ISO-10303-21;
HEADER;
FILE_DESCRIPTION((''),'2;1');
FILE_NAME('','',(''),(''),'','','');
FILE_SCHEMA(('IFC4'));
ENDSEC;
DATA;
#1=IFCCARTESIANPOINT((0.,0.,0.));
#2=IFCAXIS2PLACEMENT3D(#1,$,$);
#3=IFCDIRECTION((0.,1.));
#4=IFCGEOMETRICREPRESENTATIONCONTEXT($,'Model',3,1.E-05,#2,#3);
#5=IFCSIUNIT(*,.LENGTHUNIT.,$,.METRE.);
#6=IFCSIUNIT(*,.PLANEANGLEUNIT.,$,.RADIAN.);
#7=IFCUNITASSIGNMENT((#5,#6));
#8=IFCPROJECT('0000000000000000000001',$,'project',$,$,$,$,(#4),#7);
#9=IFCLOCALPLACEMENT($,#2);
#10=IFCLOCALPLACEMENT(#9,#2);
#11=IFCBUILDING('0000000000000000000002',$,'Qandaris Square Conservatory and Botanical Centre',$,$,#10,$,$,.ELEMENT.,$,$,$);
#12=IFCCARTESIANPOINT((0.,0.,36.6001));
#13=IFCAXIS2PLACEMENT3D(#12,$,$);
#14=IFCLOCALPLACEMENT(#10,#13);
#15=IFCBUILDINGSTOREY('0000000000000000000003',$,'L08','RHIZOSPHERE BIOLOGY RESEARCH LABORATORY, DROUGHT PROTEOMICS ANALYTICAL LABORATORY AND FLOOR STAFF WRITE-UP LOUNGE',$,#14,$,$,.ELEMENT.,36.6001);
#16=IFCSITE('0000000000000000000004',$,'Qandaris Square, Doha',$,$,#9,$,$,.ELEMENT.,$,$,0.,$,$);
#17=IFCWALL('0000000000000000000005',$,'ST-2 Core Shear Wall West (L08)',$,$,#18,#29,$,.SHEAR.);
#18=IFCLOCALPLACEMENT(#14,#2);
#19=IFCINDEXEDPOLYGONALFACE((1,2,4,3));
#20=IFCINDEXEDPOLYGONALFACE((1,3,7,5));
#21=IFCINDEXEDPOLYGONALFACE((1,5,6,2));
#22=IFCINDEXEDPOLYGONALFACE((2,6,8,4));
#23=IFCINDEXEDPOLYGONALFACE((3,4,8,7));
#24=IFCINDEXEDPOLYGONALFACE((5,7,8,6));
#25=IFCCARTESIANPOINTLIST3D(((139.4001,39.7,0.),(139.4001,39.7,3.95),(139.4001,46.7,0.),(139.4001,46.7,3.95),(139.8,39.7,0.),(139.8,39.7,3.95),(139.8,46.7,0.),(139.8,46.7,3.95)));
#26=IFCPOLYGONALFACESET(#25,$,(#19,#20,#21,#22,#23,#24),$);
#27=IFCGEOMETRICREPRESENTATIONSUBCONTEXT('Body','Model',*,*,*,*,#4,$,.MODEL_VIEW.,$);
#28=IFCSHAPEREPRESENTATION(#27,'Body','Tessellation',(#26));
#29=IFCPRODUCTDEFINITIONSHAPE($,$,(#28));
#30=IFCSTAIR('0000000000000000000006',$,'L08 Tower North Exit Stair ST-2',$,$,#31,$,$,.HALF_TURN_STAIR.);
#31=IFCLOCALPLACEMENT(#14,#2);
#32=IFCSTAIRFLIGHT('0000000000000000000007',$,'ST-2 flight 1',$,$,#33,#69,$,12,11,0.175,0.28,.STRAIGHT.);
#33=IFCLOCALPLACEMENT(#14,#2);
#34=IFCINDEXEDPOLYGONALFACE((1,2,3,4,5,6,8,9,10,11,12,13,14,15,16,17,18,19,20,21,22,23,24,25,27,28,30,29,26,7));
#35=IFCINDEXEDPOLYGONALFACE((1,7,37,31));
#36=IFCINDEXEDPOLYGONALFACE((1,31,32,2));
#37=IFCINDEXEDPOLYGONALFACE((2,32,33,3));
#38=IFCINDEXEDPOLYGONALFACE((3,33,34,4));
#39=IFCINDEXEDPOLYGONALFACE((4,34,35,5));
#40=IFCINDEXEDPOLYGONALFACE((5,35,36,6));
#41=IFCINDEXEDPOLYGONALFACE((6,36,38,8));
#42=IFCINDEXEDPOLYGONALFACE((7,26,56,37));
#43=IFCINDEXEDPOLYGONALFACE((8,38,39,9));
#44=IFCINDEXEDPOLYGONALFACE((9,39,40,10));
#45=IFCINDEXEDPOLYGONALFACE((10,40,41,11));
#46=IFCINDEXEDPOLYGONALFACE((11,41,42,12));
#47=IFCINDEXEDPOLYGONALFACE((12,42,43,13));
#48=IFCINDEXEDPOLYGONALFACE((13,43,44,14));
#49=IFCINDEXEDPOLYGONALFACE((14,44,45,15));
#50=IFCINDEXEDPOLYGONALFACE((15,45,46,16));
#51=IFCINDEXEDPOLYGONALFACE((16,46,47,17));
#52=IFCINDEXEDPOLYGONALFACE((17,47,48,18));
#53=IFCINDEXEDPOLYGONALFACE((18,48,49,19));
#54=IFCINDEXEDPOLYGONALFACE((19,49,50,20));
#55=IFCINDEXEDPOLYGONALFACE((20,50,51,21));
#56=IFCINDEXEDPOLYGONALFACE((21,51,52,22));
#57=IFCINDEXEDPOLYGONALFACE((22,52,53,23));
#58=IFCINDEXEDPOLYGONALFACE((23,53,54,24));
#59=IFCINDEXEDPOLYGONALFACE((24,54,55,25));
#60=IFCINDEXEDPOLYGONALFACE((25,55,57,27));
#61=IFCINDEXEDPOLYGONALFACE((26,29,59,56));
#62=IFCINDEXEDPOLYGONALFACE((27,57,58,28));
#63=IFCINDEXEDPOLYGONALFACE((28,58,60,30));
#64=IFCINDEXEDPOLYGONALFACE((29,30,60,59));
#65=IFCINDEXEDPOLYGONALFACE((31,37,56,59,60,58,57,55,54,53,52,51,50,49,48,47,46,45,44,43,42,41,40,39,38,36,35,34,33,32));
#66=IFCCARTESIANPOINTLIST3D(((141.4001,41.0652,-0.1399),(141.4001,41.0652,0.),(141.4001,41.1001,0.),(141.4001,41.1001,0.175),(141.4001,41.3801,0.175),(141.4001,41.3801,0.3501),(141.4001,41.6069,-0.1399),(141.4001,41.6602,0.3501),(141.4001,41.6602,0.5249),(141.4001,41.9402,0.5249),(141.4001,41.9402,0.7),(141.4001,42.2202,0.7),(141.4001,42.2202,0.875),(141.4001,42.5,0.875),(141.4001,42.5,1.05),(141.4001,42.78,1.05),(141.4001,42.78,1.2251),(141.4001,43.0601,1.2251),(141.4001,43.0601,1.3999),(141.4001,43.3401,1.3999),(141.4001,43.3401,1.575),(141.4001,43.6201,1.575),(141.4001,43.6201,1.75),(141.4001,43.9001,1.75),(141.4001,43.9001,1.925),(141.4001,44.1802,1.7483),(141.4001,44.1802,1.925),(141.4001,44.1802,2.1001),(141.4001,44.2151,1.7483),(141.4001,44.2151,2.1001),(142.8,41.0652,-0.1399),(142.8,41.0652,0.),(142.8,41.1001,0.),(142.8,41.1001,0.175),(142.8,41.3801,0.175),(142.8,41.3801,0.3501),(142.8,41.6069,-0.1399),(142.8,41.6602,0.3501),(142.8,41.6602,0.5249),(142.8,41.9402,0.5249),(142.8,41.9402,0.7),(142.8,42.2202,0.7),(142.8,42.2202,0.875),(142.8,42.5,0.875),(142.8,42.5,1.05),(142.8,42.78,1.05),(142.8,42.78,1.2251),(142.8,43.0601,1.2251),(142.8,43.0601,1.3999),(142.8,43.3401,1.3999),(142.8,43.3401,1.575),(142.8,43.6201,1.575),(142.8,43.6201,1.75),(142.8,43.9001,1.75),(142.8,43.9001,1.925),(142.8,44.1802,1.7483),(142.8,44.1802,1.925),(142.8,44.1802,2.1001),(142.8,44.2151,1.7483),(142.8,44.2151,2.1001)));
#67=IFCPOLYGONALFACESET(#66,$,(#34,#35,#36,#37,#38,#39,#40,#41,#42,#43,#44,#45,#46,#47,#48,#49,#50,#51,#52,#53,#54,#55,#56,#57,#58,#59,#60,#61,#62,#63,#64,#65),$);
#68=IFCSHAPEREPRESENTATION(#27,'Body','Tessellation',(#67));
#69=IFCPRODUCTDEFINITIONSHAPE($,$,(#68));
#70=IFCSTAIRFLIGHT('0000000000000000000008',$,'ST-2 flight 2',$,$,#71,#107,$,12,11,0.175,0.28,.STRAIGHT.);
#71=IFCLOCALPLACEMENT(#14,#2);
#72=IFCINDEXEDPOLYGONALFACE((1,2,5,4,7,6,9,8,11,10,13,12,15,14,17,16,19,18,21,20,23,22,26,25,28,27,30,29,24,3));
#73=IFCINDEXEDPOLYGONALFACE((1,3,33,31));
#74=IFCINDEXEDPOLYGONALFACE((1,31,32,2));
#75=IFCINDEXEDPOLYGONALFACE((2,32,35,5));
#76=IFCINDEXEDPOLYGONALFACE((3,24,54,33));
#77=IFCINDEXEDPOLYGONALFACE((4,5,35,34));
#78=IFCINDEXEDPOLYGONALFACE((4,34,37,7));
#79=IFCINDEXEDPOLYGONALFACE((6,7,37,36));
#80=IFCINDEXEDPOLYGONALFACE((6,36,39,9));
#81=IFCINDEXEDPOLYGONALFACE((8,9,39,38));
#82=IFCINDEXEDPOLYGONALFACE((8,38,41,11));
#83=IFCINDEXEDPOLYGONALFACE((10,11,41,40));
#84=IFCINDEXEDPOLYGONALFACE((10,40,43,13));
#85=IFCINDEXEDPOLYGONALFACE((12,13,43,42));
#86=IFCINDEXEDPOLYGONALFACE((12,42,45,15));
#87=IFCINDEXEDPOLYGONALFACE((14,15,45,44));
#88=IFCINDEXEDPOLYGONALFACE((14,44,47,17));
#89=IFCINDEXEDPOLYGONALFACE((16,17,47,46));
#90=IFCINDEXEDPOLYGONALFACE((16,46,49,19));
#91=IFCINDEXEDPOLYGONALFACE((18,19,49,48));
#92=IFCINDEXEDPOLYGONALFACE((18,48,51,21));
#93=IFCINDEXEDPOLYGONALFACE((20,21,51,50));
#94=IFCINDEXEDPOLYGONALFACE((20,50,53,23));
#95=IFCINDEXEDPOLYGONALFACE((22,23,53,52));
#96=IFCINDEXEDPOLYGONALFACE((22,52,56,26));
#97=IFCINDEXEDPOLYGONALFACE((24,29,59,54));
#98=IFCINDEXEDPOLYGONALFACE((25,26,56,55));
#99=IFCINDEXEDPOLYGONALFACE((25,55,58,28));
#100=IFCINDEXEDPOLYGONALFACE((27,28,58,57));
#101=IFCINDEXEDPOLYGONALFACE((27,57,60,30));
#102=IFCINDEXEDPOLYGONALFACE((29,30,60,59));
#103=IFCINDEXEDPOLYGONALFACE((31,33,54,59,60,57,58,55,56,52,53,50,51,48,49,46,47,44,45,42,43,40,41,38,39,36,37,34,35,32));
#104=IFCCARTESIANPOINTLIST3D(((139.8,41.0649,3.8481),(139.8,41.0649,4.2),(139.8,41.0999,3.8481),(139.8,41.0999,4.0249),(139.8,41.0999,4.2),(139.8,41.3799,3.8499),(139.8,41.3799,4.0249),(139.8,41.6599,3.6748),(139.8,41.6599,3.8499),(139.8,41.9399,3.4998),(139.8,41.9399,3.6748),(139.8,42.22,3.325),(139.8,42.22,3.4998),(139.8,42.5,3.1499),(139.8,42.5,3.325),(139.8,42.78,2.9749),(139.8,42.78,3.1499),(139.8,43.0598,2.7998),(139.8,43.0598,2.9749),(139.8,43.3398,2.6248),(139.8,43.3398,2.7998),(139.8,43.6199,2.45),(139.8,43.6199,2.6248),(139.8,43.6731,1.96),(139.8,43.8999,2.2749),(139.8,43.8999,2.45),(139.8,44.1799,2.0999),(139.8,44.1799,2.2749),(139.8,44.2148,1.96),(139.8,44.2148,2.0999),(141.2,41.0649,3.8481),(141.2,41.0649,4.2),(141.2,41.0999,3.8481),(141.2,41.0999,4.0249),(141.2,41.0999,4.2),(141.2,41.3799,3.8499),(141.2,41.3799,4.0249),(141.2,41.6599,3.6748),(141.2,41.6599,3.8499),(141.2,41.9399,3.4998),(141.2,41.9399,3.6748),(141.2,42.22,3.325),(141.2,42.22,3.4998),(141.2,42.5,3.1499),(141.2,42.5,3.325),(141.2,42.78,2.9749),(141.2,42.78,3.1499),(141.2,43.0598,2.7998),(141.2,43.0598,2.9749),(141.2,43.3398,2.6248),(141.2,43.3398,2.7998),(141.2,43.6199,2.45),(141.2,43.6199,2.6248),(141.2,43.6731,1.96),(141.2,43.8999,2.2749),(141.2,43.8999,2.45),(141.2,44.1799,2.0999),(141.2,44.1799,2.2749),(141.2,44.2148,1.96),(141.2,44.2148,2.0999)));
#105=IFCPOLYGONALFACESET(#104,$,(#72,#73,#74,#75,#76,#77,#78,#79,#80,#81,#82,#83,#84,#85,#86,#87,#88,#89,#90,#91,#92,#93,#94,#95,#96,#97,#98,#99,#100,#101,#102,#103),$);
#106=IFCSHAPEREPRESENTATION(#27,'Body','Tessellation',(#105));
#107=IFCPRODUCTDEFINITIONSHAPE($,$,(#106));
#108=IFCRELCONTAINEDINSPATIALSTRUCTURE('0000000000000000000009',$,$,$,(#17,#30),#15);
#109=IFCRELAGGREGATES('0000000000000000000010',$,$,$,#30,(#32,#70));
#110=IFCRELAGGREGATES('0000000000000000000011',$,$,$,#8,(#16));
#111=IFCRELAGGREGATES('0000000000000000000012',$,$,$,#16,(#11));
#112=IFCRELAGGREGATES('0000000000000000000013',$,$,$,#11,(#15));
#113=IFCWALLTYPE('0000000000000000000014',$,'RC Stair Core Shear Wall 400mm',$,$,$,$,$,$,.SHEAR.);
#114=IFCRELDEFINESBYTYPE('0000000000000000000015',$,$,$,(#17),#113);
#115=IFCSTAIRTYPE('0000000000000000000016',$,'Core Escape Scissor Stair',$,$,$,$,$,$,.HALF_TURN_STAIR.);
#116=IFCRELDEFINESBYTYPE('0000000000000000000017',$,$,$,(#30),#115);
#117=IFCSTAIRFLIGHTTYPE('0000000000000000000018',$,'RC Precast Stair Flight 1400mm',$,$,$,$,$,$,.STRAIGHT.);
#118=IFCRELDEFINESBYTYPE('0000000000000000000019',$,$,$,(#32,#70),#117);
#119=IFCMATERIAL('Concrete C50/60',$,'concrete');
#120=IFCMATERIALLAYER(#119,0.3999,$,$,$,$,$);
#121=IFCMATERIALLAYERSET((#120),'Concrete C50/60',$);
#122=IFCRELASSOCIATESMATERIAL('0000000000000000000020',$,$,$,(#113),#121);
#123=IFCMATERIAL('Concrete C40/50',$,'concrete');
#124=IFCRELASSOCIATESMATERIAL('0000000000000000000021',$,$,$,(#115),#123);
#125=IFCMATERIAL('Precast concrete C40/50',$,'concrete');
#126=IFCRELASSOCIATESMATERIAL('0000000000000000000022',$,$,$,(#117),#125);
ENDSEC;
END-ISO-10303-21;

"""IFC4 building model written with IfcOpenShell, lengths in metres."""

from ifc_helpers import new_model, si_unit, direction, frame, frame_2d, origin, place, context, subcontext, project, spatial, polyline, rectangle, outline, extrude, material, layer, layer_set, type_object, element, aggregate, save


model = new_model("IFC4")

# Units and contexts
model_context = context("Model", 3, precision=1e-05, world=origin(), true_north=direction((0.0, 1.0)))
body_context = subcontext(model_context, "Body", "Model", "MODEL_VIEW")
ifc_project = project(units=[si_unit("LENGTHUNIT", "METRE"), si_unit("PLANEANGLEUNIT", "RADIAN")], contexts=[model_context])

# Site, building, storey
site_placement = place(None, origin())
site = spatial("IfcSite", under=ifc_project, at=site_placement, Name="Qandaris Square, Doha", CompositionType="ELEMENT", RefElevation=0.0)
building_placement = place(site_placement, origin())
building = spatial("IfcBuilding", under=site, at=building_placement, Name="Qandaris Square Conservatory and Botanical Centre", CompositionType="ELEMENT")
storey_placement = place(building_placement, frame((0.0, 0.0, 36.6001)))
storey = spatial("IfcBuildingStorey", under=building, at=storey_placement, Name="L08", Description="RHIZOSPHERE BIOLOGY RESEARCH LABORATORY, DROUGHT PROTEOMICS ANALYTICAL LABORATORY AND FLOOR STAFF WRITE-UP LOUNGE", CompositionType="ELEMENT", Elevation=36.6001)

# Shared definitions
ifc_material_1 = material(Name="Concrete C50/60", Category="concrete")

# Shared definitions
ifc_material_2 = material(Name="Precast concrete C40/50", Category="concrete")

# Shared definitions
ifc_layer_1 = layer(ifc_material_1, 0.3999)
ifc_layer_set_1 = layer_set([ifc_layer_1], Name="Concrete C50/60")
wall_type_1 = type_object("IfcWallType", Name="RC Stair Core Shear Wall 400mm", PredefinedType="SHEAR", material=ifc_layer_set_1)

# Wall
wall_1_placement = place(storey_placement, frame((139.6001, 39.7, 0.0), z_axis=(0.0, 0.0, 1.0), x_axis=(0.0, 1.0, 0.0)))
element("IfcWall", 1, at=wall_1_placement, inside=storey, type_object=wall_type_1, Name="ST-2 Core Shear Wall West (L08)", PredefinedType="SHEAR", context=body_context, shape_type="SweptSolid", body=[
    extrude(rectangle(XDim=7.0, YDim=0.3999, at=frame_2d((3.5, 0.0))), origin(), (0.0, 0.0, 1.0), 3.95),
])

# Stair, stair flights
ifc_material_3 = material(Name="Concrete C40/50", Category="concrete")
stair_type = type_object("IfcStairType", Name="Core Escape Scissor Stair", PredefinedType="HALF_TURN_STAIR", material=ifc_material_3)
stair_placement = place(storey_placement, origin())
stair = element("IfcStair", 2, at=stair_placement, inside=storey, type_object=stair_type, Name="L08 Tower North Exit Stair ST-2", PredefinedType="HALF_TURN_STAIR")
stair_flight_type = type_object("IfcStairFlightType", Name="RC Precast Stair Flight 1400mm", PredefinedType="STRAIGHT", material=ifc_material_2)
stair_flight_1_placement = place(storey_placement, frame((142.1001, 41.1001, 0.0), z_axis=(0.0, 0.0, 1.0), x_axis=(0.0, 1.0, 0.0)))
stair_flight_1 = element("IfcStairFlight", 3, at=stair_flight_1_placement, type_object=stair_flight_type, Name="ST-2 flight 1", NumberOfRisers=12, NumberOfTreads=11, PredefinedType="STRAIGHT", RiserHeight=0.175, TreadLength=0.28, context=body_context, shape_type="SweptSolid", body=[
    extrude(outline(polyline([(-0.0349, 0.0), (0.0, 0.0), (0.0, 0.175), (0.28, 0.175), (0.28, 0.3501), (0.5601, 0.3501), (0.5601, 0.5249), (0.8401, 0.5249), (0.8401, 0.7), (1.1201, 0.7), (1.1201, 0.875), (1.3999, 0.875), (1.3999, 1.05), (1.6799, 1.05), (1.6799, 1.2251), (1.96, 1.2251), (1.96, 1.3999), (2.24, 1.3999), (2.24, 1.575), (2.52, 1.575), (2.52, 1.75), (2.8, 1.75), (2.8, 1.925), (3.0801, 1.925), (3.0801, 2.1001), (3.115, 2.1001), (3.115, 1.7483), (3.0801, 1.7483), (0.5068, -0.1399), (-0.0349, -0.1399), (-0.0349, 0.0)])), frame((0.0, 0.7, 0.0), z_axis=(0.0, -1.0, 0.0), x_axis=(1.0, 0.0, 0.0)), (0.0, 0.0, 1.0), 1.3999),
])
stair_flight_2_placement = place(storey_placement, frame((140.5, 44.1799, 2.0999), z_axis=(0.0, 0.0, 1.0), x_axis=(0.0, -1.0, 0.0)))
stair_flight_2 = element("IfcStairFlight", 4, at=stair_flight_2_placement, type_object=stair_flight_type, Name="ST-2 flight 2", NumberOfRisers=12, NumberOfTreads=11, PredefinedType="STRAIGHT", RiserHeight=0.175, TreadLength=0.28, context=body_context, shape_type="SweptSolid", body=[
    extrude(outline(polyline([(-0.0349, 0.0), (0.0, 0.0), (0.0, 0.175), (0.28, 0.175), (0.28, 0.3501), (0.5601, 0.3501), (0.5601, 0.5249), (0.8401, 0.5249), (0.8401, 0.7), (1.1201, 0.7), (1.1201, 0.875), (1.3999, 0.875), (1.3999, 1.05), (1.6799, 1.05), (1.6799, 1.2251), (1.96, 1.2251), (1.96, 1.3999), (2.24, 1.3999), (2.24, 1.575), (2.52, 1.575), (2.52, 1.75), (2.8, 1.75), (2.8, 1.925), (3.0801, 1.925), (3.0801, 2.1001), (3.115, 2.1001), (3.115, 1.7483), (3.0801, 1.7483), (0.5068, -0.1399), (-0.0349, -0.1399), (-0.0349, 0.0)])), frame((0.0, 0.7, 0.0), z_axis=(0.0, -1.0, 0.0), x_axis=(1.0, 0.0, 0.0)), (0.0, 0.0, 1.0), 1.3999),
])
aggregate(stair, [stair_flight_1, stair_flight_2])

save(model, "model.ifc")
